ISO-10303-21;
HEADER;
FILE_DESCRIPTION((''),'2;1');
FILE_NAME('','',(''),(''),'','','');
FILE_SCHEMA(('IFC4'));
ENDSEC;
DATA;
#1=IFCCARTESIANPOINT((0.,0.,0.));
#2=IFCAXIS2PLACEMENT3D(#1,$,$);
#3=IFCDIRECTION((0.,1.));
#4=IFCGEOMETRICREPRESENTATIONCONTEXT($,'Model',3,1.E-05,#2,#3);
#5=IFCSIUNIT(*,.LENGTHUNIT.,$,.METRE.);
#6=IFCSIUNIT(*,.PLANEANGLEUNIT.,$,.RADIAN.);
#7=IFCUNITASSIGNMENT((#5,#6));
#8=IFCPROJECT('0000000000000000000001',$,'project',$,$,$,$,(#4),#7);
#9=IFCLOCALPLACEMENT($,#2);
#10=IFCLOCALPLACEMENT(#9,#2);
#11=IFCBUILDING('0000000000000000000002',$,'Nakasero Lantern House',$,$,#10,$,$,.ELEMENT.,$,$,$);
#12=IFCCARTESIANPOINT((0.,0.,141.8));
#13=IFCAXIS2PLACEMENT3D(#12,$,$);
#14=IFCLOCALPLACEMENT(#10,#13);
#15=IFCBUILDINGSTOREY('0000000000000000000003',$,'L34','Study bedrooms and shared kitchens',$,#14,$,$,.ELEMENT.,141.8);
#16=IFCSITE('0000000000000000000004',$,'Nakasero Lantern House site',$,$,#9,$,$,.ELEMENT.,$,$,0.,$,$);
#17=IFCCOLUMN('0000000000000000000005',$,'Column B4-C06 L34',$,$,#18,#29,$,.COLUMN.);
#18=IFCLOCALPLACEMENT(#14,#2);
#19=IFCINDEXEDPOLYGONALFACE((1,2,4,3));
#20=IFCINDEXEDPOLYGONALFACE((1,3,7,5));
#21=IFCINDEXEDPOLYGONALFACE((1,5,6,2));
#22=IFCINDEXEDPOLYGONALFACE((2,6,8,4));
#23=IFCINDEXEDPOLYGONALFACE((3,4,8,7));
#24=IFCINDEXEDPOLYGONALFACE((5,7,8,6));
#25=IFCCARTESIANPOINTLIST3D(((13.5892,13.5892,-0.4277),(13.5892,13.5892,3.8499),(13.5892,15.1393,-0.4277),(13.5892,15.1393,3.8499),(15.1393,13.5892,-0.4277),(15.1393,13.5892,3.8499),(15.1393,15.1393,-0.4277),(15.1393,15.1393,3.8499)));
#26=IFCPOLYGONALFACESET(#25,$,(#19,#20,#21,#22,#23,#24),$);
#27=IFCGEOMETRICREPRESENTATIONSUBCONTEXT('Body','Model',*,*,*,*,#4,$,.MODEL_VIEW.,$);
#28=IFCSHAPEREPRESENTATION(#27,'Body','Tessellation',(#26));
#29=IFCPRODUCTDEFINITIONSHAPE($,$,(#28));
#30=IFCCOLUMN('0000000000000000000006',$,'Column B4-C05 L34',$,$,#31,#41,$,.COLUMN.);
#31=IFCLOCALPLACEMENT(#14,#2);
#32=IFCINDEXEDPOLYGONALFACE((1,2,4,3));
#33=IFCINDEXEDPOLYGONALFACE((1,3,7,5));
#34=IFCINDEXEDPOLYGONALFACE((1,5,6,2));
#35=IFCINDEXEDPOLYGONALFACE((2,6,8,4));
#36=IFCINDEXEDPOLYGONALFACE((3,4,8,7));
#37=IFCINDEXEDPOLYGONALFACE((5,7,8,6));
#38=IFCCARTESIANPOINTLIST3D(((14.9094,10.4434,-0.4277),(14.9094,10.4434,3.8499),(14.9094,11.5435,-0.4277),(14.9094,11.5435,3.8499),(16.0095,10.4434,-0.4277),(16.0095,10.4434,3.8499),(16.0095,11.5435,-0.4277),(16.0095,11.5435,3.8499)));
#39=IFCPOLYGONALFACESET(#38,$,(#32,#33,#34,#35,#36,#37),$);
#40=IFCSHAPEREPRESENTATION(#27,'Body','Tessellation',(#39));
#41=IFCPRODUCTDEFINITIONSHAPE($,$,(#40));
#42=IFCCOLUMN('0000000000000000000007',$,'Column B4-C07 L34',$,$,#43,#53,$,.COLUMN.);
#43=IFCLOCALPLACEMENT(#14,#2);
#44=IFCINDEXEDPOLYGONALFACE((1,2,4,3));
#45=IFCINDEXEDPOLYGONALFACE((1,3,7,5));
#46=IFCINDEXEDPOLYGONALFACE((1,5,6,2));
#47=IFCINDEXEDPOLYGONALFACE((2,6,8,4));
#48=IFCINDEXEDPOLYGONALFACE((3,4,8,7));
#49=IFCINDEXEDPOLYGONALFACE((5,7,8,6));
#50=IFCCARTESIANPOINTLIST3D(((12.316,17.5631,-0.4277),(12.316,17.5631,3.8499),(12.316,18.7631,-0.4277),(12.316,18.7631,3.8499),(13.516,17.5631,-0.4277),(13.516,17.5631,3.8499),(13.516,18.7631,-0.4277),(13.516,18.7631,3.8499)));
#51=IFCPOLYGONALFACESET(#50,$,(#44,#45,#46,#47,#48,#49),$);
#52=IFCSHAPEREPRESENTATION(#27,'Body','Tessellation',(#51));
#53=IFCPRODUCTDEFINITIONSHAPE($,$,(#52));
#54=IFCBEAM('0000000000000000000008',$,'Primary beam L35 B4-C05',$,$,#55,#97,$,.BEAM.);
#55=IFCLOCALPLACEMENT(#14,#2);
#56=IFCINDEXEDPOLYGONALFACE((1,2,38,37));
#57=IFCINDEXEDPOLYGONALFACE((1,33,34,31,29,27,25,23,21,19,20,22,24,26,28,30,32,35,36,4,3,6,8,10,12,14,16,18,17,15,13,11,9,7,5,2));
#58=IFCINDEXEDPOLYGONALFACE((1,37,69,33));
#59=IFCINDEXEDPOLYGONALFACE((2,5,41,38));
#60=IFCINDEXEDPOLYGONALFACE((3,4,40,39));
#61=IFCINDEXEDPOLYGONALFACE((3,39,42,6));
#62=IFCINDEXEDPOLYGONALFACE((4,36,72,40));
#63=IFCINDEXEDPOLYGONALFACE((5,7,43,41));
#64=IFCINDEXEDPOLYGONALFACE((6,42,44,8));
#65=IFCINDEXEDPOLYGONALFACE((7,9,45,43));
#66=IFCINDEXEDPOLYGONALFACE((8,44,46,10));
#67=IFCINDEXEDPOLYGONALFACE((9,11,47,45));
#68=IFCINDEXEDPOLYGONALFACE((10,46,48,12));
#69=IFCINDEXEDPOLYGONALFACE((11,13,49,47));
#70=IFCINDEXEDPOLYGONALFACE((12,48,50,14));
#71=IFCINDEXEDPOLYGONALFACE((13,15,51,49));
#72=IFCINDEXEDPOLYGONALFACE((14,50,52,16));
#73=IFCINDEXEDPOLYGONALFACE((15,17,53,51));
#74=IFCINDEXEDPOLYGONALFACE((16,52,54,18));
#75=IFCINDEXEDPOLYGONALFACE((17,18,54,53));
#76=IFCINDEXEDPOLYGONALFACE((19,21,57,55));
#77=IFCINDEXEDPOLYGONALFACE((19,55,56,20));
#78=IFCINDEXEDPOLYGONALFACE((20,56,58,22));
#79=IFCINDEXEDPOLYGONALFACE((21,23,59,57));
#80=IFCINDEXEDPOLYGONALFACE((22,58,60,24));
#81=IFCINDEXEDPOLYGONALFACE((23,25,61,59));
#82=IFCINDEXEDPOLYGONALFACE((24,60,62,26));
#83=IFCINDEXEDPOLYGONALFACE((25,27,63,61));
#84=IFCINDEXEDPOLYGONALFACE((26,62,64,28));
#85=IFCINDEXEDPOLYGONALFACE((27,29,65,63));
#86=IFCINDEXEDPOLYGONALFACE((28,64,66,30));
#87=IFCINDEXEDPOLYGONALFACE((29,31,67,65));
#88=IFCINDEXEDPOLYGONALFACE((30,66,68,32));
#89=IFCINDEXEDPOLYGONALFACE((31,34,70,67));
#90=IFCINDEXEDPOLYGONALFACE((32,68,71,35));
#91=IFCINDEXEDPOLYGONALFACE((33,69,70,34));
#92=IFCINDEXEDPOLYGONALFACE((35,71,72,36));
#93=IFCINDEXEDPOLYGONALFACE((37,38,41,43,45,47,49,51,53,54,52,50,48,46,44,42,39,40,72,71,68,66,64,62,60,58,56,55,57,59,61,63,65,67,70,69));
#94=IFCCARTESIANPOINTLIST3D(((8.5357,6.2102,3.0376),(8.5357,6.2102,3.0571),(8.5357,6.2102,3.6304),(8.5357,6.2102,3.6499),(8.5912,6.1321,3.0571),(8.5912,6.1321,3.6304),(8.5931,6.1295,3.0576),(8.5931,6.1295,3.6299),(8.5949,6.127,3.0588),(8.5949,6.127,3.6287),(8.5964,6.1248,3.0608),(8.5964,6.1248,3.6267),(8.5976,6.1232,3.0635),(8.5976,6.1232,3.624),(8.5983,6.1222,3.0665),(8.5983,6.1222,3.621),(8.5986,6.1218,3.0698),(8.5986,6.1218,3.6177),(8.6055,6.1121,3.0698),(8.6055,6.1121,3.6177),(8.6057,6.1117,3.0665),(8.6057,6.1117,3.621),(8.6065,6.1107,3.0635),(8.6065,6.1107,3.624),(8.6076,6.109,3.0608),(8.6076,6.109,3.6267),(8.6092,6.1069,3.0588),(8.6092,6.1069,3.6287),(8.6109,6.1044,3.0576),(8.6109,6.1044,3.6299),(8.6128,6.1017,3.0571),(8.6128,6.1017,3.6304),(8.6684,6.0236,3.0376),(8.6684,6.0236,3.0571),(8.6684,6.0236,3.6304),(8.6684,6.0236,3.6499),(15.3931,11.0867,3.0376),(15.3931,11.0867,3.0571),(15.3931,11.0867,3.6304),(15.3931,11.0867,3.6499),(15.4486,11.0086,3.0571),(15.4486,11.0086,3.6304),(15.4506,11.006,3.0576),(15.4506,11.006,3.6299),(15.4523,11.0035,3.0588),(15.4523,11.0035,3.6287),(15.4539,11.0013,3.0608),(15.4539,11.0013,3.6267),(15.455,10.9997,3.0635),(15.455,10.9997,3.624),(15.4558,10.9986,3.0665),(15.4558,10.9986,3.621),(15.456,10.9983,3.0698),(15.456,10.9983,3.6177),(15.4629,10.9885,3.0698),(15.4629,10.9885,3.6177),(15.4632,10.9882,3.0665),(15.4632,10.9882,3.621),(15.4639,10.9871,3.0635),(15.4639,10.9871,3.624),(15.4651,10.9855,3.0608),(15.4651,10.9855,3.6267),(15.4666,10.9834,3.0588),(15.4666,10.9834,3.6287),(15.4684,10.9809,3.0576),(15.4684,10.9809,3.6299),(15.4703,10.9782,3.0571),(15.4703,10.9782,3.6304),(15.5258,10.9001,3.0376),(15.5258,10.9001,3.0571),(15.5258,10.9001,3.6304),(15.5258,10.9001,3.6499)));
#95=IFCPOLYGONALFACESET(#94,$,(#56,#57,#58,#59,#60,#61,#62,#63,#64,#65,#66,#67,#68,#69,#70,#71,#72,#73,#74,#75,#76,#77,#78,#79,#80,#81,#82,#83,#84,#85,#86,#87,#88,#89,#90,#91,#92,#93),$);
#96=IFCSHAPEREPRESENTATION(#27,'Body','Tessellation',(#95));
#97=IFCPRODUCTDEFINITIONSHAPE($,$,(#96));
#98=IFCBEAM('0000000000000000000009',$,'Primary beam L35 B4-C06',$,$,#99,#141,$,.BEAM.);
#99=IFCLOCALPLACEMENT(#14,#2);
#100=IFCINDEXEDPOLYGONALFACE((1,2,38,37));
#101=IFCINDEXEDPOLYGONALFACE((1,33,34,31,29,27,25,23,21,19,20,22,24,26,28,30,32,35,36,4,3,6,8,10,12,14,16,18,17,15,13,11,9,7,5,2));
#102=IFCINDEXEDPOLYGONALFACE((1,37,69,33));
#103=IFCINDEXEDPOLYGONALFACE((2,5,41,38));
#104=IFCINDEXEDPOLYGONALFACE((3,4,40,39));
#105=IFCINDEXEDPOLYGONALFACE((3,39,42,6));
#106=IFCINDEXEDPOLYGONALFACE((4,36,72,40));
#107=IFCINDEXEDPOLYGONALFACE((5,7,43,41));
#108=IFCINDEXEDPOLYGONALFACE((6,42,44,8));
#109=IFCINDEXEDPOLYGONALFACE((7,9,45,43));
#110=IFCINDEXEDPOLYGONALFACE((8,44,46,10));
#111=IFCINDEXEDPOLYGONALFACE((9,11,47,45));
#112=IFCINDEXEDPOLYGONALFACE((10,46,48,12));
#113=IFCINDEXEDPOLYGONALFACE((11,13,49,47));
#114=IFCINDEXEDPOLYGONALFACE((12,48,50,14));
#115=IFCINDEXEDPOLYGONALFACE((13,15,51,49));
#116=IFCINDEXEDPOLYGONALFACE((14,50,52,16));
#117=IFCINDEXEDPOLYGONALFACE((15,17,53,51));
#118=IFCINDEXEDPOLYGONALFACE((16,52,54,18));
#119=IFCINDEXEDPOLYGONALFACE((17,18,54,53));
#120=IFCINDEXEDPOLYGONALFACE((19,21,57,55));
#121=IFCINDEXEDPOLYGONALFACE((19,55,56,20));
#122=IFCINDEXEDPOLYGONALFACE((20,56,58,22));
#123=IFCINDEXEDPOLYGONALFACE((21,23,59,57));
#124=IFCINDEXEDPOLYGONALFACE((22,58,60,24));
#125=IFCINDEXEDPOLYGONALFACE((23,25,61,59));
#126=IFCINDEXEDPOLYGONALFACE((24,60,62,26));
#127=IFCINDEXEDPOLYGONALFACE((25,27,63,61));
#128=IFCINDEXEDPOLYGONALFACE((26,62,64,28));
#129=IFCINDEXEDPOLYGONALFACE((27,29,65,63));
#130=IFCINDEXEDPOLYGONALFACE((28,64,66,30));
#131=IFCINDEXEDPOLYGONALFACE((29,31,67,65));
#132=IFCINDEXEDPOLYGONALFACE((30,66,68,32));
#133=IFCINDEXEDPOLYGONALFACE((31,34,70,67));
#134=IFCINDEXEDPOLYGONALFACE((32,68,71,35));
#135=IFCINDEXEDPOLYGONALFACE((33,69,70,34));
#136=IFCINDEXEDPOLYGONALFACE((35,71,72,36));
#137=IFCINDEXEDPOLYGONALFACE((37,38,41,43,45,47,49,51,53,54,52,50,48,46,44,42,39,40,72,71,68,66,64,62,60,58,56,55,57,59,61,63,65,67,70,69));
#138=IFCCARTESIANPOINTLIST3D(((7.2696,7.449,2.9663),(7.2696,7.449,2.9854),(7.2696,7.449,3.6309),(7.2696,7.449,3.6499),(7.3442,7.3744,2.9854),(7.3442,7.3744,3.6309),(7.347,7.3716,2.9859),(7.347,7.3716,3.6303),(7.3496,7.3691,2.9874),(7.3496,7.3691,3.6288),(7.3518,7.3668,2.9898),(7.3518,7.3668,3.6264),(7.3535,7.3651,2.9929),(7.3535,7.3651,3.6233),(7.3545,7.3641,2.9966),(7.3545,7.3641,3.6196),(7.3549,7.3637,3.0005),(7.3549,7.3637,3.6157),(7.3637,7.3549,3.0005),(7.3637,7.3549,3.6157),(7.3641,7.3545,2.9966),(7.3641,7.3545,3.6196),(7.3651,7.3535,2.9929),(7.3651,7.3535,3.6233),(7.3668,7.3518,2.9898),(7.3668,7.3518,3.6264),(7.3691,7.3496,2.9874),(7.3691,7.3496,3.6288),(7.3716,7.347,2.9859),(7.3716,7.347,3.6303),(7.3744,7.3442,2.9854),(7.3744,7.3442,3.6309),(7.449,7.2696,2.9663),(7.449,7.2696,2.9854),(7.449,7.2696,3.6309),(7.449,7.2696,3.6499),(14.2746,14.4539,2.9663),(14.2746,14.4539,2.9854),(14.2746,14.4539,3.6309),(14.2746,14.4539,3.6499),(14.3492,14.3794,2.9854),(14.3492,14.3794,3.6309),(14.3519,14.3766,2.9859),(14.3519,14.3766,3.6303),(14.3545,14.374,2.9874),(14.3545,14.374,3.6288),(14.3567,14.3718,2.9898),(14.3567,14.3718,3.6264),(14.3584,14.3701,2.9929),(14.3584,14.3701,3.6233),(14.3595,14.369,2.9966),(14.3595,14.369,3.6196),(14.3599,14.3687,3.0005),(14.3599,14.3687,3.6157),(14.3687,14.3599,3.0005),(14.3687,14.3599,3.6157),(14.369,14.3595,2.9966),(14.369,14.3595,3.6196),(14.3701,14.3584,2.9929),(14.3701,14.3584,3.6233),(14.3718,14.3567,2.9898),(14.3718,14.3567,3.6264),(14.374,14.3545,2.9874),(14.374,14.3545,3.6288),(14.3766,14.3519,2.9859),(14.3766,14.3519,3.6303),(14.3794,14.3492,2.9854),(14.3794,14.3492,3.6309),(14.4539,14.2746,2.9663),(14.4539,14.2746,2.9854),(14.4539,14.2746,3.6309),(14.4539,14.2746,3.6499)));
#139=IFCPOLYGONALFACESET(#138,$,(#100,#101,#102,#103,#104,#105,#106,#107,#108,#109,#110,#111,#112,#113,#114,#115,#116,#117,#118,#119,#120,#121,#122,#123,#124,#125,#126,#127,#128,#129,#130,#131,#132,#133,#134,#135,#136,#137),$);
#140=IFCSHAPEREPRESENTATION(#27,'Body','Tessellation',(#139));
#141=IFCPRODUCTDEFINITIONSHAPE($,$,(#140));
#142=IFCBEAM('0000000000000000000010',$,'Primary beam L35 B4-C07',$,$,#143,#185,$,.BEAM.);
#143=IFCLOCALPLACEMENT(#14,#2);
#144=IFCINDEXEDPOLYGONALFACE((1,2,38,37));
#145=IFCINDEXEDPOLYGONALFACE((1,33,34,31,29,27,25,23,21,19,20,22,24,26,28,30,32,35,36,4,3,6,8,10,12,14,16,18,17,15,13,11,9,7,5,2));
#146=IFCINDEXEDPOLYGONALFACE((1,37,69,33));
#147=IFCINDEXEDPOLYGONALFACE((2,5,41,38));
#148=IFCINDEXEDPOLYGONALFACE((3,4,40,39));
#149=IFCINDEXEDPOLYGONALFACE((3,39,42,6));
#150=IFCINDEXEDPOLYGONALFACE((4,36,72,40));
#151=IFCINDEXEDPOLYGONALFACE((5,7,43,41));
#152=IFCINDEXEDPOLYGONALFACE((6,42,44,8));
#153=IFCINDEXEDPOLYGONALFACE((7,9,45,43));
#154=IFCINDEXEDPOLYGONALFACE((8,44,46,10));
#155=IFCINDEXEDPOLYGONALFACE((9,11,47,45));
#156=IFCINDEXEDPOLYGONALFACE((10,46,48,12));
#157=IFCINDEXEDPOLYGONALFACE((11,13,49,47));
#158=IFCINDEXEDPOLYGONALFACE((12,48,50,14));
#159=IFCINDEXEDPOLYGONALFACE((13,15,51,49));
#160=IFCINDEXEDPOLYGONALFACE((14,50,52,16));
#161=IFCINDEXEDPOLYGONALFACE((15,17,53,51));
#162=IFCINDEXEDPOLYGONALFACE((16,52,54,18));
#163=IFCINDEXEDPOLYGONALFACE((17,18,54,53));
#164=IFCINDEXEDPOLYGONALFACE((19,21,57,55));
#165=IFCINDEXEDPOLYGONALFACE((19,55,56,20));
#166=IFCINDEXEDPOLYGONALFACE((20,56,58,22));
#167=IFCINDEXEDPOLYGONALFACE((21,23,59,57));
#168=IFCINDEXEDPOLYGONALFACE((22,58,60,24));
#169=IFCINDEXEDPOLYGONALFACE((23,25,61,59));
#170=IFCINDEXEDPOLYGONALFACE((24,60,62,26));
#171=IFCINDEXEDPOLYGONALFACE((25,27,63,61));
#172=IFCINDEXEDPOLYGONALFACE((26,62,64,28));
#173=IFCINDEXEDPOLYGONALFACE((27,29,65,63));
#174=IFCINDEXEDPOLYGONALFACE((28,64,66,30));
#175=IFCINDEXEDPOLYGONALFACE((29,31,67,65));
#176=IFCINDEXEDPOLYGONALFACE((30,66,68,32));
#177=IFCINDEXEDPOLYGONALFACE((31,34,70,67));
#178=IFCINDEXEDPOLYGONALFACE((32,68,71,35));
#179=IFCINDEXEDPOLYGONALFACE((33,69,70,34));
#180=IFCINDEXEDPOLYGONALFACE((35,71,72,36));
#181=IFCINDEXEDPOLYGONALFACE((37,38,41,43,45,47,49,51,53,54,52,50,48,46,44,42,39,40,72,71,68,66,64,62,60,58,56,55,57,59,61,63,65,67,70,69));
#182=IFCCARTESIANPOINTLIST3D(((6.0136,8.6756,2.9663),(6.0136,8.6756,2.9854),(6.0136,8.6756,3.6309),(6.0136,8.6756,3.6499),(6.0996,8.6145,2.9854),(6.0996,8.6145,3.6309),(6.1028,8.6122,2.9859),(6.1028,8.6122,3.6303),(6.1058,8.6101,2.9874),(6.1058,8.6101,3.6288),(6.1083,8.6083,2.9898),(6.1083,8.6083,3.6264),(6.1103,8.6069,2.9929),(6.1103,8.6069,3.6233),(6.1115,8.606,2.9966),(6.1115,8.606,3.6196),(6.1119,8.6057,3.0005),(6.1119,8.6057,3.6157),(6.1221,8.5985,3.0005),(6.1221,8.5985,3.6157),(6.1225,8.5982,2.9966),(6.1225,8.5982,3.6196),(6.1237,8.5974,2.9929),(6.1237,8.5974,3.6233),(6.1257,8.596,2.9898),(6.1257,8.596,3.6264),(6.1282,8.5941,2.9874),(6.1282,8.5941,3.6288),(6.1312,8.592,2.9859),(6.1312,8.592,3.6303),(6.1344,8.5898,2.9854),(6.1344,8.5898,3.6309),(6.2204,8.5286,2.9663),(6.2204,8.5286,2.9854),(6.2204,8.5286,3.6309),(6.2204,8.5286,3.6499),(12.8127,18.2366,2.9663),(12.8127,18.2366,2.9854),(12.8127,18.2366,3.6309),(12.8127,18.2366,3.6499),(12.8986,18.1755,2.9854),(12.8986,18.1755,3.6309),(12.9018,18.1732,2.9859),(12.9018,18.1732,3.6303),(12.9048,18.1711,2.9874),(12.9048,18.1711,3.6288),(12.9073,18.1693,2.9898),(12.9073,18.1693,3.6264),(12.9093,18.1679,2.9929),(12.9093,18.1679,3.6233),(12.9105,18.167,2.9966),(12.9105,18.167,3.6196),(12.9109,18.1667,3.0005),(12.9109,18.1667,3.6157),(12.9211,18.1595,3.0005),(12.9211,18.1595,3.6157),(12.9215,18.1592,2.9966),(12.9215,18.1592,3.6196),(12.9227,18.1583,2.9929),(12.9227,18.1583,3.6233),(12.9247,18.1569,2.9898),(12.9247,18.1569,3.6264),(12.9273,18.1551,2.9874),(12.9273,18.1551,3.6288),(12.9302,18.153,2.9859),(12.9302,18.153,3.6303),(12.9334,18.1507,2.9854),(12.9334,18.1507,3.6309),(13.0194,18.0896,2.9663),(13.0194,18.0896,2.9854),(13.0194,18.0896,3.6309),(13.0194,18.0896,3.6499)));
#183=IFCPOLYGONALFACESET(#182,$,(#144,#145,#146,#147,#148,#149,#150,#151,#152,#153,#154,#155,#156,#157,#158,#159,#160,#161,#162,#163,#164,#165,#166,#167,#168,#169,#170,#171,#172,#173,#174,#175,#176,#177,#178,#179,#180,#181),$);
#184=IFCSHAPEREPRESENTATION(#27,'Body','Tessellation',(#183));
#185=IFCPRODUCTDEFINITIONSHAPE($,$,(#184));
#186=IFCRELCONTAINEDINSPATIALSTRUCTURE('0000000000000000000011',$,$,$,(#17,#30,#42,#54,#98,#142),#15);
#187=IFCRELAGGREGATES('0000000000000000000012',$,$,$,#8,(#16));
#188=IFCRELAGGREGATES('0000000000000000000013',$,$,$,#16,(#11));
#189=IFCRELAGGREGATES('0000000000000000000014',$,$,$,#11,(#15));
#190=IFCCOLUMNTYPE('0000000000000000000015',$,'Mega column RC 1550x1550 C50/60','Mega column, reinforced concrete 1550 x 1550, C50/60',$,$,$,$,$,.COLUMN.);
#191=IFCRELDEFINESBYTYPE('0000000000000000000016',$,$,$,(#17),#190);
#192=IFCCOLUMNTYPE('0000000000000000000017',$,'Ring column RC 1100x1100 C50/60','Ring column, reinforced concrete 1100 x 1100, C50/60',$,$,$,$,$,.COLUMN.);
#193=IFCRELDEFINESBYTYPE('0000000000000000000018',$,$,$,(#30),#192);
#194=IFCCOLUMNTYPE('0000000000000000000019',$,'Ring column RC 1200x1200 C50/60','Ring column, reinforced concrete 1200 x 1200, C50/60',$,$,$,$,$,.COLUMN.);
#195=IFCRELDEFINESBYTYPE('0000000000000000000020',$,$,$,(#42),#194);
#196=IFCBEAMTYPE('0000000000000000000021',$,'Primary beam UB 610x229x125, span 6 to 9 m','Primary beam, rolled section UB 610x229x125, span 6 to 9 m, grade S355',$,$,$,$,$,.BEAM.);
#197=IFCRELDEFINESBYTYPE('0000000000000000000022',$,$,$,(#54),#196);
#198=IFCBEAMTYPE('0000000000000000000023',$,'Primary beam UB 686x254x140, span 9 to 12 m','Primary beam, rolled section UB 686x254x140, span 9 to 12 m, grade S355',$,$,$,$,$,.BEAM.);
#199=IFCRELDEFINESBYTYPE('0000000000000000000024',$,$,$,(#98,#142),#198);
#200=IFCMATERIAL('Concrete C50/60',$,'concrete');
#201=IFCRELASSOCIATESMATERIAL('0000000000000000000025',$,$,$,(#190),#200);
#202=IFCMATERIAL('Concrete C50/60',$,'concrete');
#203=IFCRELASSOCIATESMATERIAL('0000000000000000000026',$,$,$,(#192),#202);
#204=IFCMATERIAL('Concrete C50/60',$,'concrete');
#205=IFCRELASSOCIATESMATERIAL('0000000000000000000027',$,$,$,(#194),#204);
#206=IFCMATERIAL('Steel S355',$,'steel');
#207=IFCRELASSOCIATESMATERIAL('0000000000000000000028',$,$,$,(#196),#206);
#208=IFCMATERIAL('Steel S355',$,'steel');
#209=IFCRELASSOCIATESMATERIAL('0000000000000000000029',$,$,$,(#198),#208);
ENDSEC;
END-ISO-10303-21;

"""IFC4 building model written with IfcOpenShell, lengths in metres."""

from ifc_helpers import new_model, si_unit, direction, frame, origin, origin_2d, place, context, subcontext, project, spatial, rectangle, i_section, extrude, material, material_profile, profile_set, type_object, element, save


model = new_model("IFC4")

# Units and contexts
model_context = context("Model", 3, precision=1e-05, world=origin(), true_north=direction((0.0, 1.0)))
body_context = subcontext(model_context, "Body", "Model", "MODEL_VIEW")
ifc_project = project(units=[si_unit("LENGTHUNIT", "METRE"), si_unit("PLANEANGLEUNIT", "RADIAN")], contexts=[model_context])

# Site, building, storey
site_placement = place(None, origin())
site = spatial("IfcSite", under=ifc_project, at=site_placement, Name="Nakasero Lantern House site", CompositionType="ELEMENT", RefElevation=0.0)
building_placement = place(site_placement, origin())
building = spatial("IfcBuilding", under=site, at=building_placement, Name="Nakasero Lantern House", CompositionType="ELEMENT")
storey_placement = place(building_placement, frame((0.0, 0.0, 141.8)))
storey = spatial("IfcBuildingStorey", under=building, at=storey_placement, Name="L34", Description="Study bedrooms and shared kitchens", CompositionType="ELEMENT", Elevation=141.8)

# Columns
ifc_material_1 = material(Name="Concrete C50/60", Category="concrete")
ifc_material_profile_1 = material_profile(ifc_material_1, rectangle(XDim=1.55, YDim=1.55, at=origin_2d()), Name="RC 1550x1550")
ifc_profile_set_1 = profile_set([ifc_material_profile_1], Name="Concrete C50/60")
column_type_1 = type_object("IfcColumnType", Name="Mega column RC 1550x1550 C50/60", Description="Mega column, reinforced concrete 1550 x 1550, C50/60", PredefinedType="COLUMN", material=ifc_profile_set_1)
column_1_placement = place(storey_placement, frame((14.3643, 14.3643, -0.4277), z_axis=(0.0, 0.0, 1.0), x_axis=(1.0, 0.0, 0.0)))
element("IfcColumn", 1, at=column_1_placement, inside=storey, type_object=column_type_1, Name="Column B4-C06 L34", PredefinedType="COLUMN", context=body_context, shape_type="SweptSolid", body=[
    extrude(rectangle(XDim=1.55, YDim=1.55, at=origin_2d()), origin(), (0.0, 0.0, 1.0), 4.2776),
])
ifc_material_2 = material(Name="Concrete C50/60", Category="concrete")
ifc_material_profile_2 = material_profile(ifc_material_2, rectangle(XDim=1.1001, YDim=1.1001, at=origin_2d()), Name="RC 1100x1100")
ifc_profile_set_2 = profile_set([ifc_material_profile_2], Name="Concrete C50/60")
column_type_2 = type_object("IfcColumnType", Name="Ring column RC 1100x1100 C50/60", Description="Ring column, reinforced concrete 1100 x 1100, C50/60", PredefinedType="COLUMN", material=ifc_profile_set_2)
column_2_placement = place(storey_placement, frame((15.4595, 10.9934, -0.4277), z_axis=(0.0, 0.0, 1.0), x_axis=(1.0, 0.0, 0.0)))
element("IfcColumn", 2, at=column_2_placement, inside=storey, type_object=column_type_2, Name="Column B4-C05 L34", PredefinedType="COLUMN", context=body_context, shape_type="SweptSolid", body=[
    extrude(rectangle(XDim=1.1001, YDim=1.1001, at=origin_2d()), origin(), (0.0, 0.0, 1.0), 4.2776),
])
ifc_material_3 = material(Name="Concrete C50/60", Category="concrete")
ifc_material_profile_3 = material_profile(ifc_material_3, rectangle(XDim=1.2, YDim=1.2, at=origin_2d()), Name="RC 1200x1200")
ifc_profile_set_3 = profile_set([ifc_material_profile_3], Name="Concrete C50/60")
column_type_3 = type_object("IfcColumnType", Name="Ring column RC 1200x1200 C50/60", Description="Ring column, reinforced concrete 1200 x 1200, C50/60", PredefinedType="COLUMN", material=ifc_profile_set_3)
column_3_placement = place(storey_placement, frame((12.916, 18.1631, -0.4277), z_axis=(0.0, 0.0, 1.0), x_axis=(1.0, 0.0, 0.0)))
element("IfcColumn", 3, at=column_3_placement, inside=storey, type_object=column_type_3, Name="Column B4-C07 L34", PredefinedType="COLUMN", context=body_context, shape_type="SweptSolid", body=[
    extrude(rectangle(XDim=1.2, YDim=1.2, at=origin_2d()), origin(), (0.0, 0.0, 1.0), 4.2776),
])

# Beams
ifc_material_4 = material(Name="Steel S355", Category="steel")
ifc_material_profile_4 = material_profile(ifc_material_4, i_section(OverallWidth=0.229, OverallDepth=0.6123, WebThickness=0.012, FlangeThickness=0.0195, FilletRadius=0.0127, at=origin_2d()), Name="UB 610x229x125")
ifc_profile_set_4 = profile_set([ifc_material_profile_4], Name="Steel S355")
beam_type_1 = type_object("IfcBeamType", Name="Primary beam UB 610x229x125, span 6 to 9 m", Description="Primary beam, rolled section UB 610x229x125, span 6 to 9 m, grade S355", PredefinedType="BEAM", material=ifc_profile_set_4)
beam_1_placement = place(storey_placement, frame((15.4595, 10.9934, 3.3438), z_axis=(-0.814951, -0.57953, 0.0), x_axis=(0.57953, -0.814951, 0.0)))
element("IfcBeam", 4, at=beam_1_placement, inside=storey, type_object=beam_type_1, Name="Primary beam L35 B4-C05", PredefinedType="BEAM", context=body_context, shape_type="SweptSolid", body=[
    extrude(i_section(OverallWidth=0.229, OverallDepth=0.6123, WebThickness=0.012, FlangeThickness=0.0195, FilletRadius=0.0127, at=origin_2d()), origin(), (0.0, 0.0, 1.0), 8.4146),
])
ifc_material_5 = material(Name="Steel S355", Category="steel")
ifc_material_profile_5 = material_profile(ifc_material_5, i_section(OverallWidth=0.2537, OverallDepth=0.6836, WebThickness=0.0125, FlangeThickness=0.019, FilletRadius=0.0151, at=origin_2d()), Name="UB 686x254x140")
ifc_profile_set_5 = profile_set([ifc_material_profile_5], Name="Steel S355")
beam_type_2 = type_object("IfcBeamType", Name="Primary beam UB 686x254x140, span 9 to 12 m", Description="Primary beam, rolled section UB 686x254x140, span 9 to 12 m, grade S355", PredefinedType="BEAM", material=ifc_profile_set_5)
beam_2_placement = place(storey_placement, frame((14.3643, 14.3643, 3.3081), z_axis=(-0.707107, -0.707107, 0.0), x_axis=(0.707107, -0.707107, 0.0)))
element("IfcBeam", 5, at=beam_2_placement, inside=storey, type_object=beam_type_2, Name="Primary beam L35 B4-C06", PredefinedType="BEAM", context=body_context, shape_type="SweptSolid", body=[
    extrude(i_section(OverallWidth=0.2537, OverallDepth=0.6836, WebThickness=0.0125, FlangeThickness=0.019, FilletRadius=0.0151, at=origin_2d()), origin(), (0.0, 0.0, 1.0), 9.9065),
])
beam_3_placement = place(storey_placement, frame((12.916, 18.1631, 3.3081), z_axis=(-0.57953, -0.814951, 0.0), x_axis=(0.814951, -0.57953, 0.0)))
element("IfcBeam", 6, at=beam_3_placement, inside=storey, type_object=beam_type_2, Name="Primary beam L35 B4-C07", PredefinedType="BEAM", context=body_context, shape_type="SweptSolid", body=[
    extrude(i_section(OverallWidth=0.2537, OverallDepth=0.6836, WebThickness=0.0125, FlangeThickness=0.019, FilletRadius=0.0151, at=origin_2d()), origin(), (0.0, 0.0, 1.0), 11.7319),
])

save(model, "model.ifc")
